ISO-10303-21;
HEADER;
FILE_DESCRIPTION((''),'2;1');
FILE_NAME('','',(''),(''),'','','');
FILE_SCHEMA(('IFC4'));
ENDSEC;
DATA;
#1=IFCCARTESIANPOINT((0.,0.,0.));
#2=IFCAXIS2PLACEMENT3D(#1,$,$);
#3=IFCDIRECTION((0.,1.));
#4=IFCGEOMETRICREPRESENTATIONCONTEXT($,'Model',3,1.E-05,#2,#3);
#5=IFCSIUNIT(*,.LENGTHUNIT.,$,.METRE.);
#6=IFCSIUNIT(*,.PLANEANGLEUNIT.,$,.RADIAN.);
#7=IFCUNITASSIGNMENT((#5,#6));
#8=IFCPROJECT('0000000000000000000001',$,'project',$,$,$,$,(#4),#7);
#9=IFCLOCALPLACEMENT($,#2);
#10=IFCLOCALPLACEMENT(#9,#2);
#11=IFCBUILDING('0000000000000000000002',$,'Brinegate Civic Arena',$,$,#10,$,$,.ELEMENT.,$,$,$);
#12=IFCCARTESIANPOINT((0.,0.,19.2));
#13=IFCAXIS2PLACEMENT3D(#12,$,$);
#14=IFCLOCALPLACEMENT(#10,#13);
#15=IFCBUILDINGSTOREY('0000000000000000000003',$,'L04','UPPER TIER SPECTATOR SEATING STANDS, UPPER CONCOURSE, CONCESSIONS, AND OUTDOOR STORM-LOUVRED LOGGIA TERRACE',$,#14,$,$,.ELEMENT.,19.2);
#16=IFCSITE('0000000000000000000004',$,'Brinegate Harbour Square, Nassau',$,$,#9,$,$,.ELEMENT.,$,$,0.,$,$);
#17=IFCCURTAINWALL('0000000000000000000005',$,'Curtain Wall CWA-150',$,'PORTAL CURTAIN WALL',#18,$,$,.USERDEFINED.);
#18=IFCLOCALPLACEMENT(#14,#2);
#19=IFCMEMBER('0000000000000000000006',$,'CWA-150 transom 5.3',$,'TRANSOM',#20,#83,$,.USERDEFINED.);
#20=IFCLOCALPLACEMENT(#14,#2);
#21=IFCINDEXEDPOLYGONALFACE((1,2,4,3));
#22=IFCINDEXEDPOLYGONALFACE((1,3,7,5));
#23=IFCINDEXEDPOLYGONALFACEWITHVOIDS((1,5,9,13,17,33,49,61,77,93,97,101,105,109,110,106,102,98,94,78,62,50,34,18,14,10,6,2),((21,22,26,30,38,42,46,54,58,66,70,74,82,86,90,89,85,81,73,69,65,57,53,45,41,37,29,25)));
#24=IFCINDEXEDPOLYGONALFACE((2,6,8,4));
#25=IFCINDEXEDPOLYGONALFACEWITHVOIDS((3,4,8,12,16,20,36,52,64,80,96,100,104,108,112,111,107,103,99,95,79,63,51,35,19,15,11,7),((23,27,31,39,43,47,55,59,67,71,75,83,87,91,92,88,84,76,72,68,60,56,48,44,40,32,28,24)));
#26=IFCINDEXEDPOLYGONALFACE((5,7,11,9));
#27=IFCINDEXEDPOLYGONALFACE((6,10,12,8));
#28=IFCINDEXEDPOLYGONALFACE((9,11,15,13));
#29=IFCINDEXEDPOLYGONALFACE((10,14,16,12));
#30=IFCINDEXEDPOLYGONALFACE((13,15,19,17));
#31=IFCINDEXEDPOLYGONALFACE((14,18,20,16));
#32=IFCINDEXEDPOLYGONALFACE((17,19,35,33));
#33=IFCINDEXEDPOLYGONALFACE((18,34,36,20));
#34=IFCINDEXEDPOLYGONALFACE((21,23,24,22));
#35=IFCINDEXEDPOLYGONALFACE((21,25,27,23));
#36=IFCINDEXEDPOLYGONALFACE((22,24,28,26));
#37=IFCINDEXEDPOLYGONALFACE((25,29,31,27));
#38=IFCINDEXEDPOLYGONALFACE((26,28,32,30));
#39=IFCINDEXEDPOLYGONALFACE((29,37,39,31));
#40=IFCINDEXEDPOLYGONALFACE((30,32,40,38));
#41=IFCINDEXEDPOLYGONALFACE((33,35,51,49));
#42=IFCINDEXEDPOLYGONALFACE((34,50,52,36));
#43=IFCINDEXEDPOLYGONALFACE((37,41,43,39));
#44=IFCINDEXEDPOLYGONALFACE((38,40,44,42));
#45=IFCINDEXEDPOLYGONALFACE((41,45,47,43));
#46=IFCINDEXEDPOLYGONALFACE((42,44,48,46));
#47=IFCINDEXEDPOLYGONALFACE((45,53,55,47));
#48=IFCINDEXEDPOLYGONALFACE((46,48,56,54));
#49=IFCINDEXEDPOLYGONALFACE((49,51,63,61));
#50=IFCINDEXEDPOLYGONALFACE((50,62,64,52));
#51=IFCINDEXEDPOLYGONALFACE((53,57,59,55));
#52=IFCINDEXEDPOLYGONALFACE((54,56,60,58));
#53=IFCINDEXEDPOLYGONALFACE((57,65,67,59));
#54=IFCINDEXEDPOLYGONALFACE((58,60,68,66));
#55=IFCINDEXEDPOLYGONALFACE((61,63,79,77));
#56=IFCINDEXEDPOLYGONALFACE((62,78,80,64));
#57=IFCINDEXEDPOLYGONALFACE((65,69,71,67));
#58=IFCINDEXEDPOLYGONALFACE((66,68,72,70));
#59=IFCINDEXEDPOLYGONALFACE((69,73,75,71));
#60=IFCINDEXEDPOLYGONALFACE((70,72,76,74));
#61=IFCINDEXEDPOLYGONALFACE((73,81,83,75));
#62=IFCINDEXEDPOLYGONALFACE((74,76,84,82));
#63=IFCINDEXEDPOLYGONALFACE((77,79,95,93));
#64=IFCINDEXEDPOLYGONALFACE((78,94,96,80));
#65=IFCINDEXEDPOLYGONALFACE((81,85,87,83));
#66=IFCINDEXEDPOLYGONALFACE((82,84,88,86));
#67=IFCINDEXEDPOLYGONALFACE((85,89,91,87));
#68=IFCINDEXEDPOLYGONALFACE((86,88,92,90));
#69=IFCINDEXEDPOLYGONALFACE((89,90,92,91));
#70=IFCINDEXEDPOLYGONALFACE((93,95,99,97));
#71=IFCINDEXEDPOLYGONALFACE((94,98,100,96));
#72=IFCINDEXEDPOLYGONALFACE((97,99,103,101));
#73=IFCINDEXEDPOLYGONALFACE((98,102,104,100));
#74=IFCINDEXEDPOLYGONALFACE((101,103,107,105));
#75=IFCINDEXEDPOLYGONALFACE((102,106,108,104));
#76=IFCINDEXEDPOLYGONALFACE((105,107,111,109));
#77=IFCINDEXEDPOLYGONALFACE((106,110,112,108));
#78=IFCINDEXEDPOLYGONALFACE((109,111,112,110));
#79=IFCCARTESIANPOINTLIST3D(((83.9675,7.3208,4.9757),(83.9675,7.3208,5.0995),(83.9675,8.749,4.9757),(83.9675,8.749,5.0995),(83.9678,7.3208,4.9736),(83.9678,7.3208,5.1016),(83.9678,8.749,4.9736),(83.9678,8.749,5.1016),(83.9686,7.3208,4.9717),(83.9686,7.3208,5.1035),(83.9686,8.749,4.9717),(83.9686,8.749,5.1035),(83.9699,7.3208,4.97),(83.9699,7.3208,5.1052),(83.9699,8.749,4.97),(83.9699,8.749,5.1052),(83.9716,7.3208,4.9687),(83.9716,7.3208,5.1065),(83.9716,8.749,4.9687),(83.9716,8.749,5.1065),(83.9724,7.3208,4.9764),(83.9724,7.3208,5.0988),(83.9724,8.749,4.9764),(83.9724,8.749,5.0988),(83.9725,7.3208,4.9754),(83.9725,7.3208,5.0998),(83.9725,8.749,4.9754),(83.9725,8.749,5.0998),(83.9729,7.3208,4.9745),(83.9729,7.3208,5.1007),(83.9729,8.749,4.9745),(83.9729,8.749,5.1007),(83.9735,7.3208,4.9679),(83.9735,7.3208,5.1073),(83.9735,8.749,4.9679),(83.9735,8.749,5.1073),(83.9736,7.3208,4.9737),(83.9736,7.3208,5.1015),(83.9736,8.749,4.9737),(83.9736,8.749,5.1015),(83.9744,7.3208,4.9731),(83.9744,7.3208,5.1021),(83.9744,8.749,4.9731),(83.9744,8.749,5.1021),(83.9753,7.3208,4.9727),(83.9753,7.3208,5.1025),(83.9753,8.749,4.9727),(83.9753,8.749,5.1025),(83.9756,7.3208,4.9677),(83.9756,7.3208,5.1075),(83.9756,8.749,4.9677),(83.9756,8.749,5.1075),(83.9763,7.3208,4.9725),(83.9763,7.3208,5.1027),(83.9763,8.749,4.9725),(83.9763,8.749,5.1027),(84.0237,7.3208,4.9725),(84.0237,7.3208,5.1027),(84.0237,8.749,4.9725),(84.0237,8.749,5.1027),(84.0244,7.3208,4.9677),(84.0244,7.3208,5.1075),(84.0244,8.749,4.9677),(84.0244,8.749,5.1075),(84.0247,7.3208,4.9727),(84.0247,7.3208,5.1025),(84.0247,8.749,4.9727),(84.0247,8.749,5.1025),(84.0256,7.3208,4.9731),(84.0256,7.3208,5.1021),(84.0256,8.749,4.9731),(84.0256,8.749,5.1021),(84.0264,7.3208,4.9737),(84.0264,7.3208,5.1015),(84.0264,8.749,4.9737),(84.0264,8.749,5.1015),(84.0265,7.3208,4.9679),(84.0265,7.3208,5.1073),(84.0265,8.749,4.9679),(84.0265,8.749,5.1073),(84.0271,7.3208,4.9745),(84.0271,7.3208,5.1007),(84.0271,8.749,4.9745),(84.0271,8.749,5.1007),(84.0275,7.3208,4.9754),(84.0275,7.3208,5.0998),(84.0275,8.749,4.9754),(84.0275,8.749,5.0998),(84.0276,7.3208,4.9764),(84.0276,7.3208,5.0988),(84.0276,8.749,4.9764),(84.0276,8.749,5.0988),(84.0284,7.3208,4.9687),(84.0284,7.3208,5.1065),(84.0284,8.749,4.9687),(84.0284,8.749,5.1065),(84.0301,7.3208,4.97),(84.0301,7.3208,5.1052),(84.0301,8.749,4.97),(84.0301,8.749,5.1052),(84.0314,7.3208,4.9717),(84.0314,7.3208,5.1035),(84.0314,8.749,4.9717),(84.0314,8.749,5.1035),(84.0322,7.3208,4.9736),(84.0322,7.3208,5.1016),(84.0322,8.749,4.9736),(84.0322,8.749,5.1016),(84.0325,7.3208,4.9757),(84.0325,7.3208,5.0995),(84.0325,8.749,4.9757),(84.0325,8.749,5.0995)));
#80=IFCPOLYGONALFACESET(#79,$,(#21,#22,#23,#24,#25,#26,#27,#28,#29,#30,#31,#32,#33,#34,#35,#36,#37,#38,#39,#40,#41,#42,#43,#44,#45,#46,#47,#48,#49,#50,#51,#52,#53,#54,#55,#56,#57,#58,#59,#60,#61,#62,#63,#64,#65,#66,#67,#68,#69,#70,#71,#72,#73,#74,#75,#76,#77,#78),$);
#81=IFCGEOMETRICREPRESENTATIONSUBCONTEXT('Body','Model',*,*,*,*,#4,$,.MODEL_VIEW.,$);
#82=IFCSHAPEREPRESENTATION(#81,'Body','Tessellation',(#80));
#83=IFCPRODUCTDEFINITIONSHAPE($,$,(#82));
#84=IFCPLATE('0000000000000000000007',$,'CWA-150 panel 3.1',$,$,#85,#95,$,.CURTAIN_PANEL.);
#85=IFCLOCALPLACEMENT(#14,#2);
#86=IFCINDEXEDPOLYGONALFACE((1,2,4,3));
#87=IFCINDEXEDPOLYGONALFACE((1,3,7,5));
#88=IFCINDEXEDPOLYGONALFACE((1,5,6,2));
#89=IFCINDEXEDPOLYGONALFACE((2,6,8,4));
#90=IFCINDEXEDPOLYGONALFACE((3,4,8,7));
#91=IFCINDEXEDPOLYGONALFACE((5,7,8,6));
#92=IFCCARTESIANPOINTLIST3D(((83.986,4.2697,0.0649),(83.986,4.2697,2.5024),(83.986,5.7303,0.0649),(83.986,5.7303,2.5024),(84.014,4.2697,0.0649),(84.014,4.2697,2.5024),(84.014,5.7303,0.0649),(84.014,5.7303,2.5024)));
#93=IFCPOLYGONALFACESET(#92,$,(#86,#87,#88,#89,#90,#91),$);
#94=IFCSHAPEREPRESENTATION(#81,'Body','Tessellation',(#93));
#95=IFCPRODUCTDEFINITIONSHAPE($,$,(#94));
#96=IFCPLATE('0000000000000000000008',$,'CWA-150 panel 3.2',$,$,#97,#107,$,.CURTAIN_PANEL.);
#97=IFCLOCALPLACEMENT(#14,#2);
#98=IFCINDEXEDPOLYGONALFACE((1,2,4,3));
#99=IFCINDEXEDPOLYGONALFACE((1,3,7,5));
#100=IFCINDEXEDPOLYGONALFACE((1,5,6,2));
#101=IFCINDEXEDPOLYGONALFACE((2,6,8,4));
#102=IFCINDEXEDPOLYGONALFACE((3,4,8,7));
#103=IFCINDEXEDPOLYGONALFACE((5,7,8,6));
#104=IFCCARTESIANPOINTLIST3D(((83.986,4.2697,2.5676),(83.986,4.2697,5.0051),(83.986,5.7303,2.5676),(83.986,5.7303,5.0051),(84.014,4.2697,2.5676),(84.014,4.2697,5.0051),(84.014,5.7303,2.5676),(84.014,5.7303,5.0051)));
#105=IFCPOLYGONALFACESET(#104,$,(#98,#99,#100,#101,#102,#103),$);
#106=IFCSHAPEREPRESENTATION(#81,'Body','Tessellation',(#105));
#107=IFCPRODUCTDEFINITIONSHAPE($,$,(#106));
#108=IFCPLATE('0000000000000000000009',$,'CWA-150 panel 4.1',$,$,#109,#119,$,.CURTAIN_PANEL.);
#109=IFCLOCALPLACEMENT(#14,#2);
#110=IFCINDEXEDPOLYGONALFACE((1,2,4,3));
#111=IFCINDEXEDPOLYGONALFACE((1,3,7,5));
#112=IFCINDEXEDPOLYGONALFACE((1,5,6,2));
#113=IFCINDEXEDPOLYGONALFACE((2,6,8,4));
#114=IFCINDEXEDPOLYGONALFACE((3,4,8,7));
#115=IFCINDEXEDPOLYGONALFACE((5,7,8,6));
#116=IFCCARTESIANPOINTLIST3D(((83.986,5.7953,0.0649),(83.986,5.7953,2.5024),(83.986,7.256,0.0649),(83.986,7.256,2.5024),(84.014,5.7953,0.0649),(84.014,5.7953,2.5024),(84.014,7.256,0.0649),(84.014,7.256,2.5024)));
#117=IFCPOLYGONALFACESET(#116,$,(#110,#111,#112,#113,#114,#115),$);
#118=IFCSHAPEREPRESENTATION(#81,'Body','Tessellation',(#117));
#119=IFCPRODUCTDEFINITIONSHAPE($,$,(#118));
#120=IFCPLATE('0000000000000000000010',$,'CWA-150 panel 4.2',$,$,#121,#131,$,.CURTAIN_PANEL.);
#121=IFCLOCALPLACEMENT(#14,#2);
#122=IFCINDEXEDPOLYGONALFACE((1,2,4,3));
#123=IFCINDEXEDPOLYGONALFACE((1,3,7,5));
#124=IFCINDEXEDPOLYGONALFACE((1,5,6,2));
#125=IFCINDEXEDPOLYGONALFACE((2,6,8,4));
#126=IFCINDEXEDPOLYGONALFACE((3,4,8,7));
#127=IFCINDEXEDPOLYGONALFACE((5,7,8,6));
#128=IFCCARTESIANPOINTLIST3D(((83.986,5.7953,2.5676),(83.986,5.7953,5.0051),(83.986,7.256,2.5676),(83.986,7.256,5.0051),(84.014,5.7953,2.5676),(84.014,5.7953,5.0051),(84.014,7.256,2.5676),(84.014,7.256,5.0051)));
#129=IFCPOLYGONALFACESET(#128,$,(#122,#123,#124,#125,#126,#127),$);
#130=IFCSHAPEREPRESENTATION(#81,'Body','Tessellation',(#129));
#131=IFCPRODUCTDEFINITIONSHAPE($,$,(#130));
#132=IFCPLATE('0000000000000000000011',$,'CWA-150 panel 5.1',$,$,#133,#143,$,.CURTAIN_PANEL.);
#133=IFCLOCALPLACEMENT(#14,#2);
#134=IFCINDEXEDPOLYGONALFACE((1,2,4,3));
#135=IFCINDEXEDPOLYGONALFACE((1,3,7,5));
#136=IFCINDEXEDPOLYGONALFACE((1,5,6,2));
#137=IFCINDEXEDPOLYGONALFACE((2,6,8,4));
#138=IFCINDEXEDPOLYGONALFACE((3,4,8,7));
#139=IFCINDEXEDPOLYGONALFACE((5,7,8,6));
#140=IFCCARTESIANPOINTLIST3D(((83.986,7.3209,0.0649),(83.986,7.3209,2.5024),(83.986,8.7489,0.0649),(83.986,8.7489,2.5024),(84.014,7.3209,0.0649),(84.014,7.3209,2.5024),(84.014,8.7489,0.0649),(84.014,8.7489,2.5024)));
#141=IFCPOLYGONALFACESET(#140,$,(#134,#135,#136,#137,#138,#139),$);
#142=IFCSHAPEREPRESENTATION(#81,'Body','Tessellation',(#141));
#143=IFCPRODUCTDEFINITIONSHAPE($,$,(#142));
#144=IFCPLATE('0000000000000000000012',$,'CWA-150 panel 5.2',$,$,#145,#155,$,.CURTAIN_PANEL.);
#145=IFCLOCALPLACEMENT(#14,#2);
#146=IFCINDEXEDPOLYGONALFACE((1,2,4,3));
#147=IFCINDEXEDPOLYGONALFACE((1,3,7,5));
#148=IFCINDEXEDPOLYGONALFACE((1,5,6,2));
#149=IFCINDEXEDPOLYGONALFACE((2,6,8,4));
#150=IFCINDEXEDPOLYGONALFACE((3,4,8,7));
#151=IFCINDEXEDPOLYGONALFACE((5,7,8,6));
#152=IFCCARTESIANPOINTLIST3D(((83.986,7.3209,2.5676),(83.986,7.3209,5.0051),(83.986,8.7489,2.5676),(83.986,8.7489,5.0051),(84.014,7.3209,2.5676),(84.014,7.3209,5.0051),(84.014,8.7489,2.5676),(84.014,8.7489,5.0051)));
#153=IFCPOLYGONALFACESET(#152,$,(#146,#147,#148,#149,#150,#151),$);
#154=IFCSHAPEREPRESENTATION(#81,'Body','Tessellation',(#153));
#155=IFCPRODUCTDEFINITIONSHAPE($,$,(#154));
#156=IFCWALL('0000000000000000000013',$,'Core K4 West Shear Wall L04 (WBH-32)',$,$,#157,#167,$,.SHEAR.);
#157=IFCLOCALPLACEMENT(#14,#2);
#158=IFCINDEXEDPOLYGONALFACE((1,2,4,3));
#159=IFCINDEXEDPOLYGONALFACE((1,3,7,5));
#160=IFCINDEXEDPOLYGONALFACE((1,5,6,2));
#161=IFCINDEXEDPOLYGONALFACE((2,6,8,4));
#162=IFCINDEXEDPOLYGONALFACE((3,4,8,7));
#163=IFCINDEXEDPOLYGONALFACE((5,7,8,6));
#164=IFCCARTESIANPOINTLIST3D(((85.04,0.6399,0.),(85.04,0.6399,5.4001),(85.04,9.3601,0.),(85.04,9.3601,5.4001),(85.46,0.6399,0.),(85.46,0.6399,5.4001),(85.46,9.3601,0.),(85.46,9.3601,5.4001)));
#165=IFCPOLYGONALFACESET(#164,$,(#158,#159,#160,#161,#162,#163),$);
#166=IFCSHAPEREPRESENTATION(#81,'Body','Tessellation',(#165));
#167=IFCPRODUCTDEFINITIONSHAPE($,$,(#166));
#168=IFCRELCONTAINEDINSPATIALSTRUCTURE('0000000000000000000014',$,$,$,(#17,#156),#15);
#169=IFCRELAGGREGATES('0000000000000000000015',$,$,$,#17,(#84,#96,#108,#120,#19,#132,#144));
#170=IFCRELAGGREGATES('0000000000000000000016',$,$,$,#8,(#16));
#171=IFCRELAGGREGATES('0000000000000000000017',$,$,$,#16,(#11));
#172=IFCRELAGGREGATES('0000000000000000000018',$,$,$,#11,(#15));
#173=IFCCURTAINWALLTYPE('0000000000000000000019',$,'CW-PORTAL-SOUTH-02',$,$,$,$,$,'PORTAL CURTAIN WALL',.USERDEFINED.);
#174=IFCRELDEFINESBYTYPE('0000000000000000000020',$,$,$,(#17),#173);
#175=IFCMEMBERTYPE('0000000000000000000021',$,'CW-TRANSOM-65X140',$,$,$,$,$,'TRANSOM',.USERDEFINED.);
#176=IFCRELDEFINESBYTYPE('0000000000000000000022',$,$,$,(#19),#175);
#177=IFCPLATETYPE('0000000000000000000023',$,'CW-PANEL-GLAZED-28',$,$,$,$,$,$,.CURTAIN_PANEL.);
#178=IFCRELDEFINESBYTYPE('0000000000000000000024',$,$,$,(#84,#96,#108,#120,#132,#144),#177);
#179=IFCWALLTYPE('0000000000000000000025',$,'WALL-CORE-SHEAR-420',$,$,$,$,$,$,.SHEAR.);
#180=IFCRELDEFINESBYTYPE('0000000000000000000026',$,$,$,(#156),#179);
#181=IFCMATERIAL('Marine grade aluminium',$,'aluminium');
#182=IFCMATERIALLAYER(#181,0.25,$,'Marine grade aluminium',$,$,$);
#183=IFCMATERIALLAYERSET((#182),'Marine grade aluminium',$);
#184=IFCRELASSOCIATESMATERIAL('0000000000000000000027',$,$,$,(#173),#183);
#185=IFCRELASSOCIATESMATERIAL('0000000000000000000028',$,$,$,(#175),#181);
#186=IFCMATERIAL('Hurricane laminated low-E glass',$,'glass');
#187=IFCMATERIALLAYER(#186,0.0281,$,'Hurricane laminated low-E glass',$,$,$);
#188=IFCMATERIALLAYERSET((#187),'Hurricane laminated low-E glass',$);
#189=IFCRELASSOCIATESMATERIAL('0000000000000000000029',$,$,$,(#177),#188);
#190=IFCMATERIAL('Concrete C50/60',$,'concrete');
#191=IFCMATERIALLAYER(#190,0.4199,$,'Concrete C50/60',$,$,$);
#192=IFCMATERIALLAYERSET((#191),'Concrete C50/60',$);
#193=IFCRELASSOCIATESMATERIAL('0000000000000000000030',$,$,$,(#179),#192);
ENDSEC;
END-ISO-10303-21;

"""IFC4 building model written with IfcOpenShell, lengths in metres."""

from ifc_helpers import new_model, si_unit, direction, frame, frame_2d, origin, origin_2d, place, context, subcontext, project, spatial, rectangle, hollow_rectangle, extrude, material, layer, layer_set, material_profile, profile_set, type_object, element, aggregate, save


model = new_model("IFC4")

# Units and contexts
model_context = context("Model", 3, precision=1e-05, world=origin(), true_north=direction((0.0, 1.0)))
body_context = subcontext(model_context, "Body", "Model", "MODEL_VIEW")
ifc_project = project(units=[si_unit("LENGTHUNIT", "METRE"), si_unit("PLANEANGLEUNIT", "RADIAN")], contexts=[model_context])

# Site, building, storey
site_placement = place(None, origin())
site = spatial("IfcSite", under=ifc_project, at=site_placement, Name="Brinegate Harbour Square, Nassau", CompositionType="ELEMENT", RefElevation=0.0)
building_placement = place(site_placement, origin())
building = spatial("IfcBuilding", under=site, at=building_placement, Name="Brinegate Civic Arena", CompositionType="ELEMENT")
storey_placement = place(building_placement, frame((0.0, 0.0, 19.2)))
storey = spatial("IfcBuildingStorey", under=building, at=storey_placement, Name="L04", Description="UPPER TIER SPECTATOR SEATING STANDS, UPPER CONCOURSE, CONCESSIONS, AND OUTDOOR STORM-LOUVRED LOGGIA TERRACE", CompositionType="ELEMENT", Elevation=19.2)

# Curtain wall
ifc_material_1 = material(Name="Marine grade aluminium", Category="aluminium")
ifc_layer_1 = layer(ifc_material_1, 0.25, Name="Marine grade aluminium")
ifc_layer_set_1 = layer_set([ifc_layer_1], Name="Marine grade aluminium")
curtain_wall_type = type_object("IfcCurtainWallType", Name="CW-PORTAL-SOUTH-02", ElementType="PORTAL CURTAIN WALL", PredefinedType="USERDEFINED", material=ifc_layer_set_1)
curtain_wall_1_placement = place(storey_placement, origin())
curtain_wall_1 = element("IfcCurtainWall", 1, at=curtain_wall_1_placement, inside=storey, type_object=curtain_wall_type, Name="Curtain Wall CWA-150", ObjectType="PORTAL CURTAIN WALL", PredefinedType="USERDEFINED")
ifc_material_profile_1 = material_profile(ifc_material_1, hollow_rectangle(XDim=0.0649, YDim=0.1399, WallThickness=0.0049, InnerFilletRadius=0.0039, OuterFilletRadius=0.0081, at=origin_2d()), Name="TRN65X140")
ifc_profile_set_1 = profile_set([ifc_material_profile_1], Name="Marine grade aluminium")
member_type_1 = type_object("IfcMemberType", Name="CW-TRANSOM-65X140", ElementType="TRANSOM", PredefinedType="USERDEFINED", material=ifc_profile_set_1)

# Member
member_1_placement = place(storey_placement, frame((84.0, 7.3208, 5.0376), z_axis=(0.0, 1.0, 0.0), x_axis=(-1.0, 0.0, 0.0)))
member_1 = element("IfcMember", 2, at=member_1_placement, type_object=member_type_1, Name="CWA-150 transom 5.3", ObjectType="TRANSOM", PredefinedType="USERDEFINED", context=body_context, shape_type="SweptSolid", body=[
    extrude(hollow_rectangle(XDim=0.0649, YDim=0.1399, WallThickness=0.0049, InnerFilletRadius=0.0039, OuterFilletRadius=0.0081, at=origin_2d()), origin(), (0.0, 0.0, 1.0), 1.4282),
])

# Plates
ifc_material_2 = material(Name="Hurricane laminated low-E glass", Category="glass")
ifc_layer_2 = layer(ifc_material_2, 0.0281, Name="Hurricane laminated low-E glass")
ifc_layer_set_2 = layer_set([ifc_layer_2], Name="Hurricane laminated low-E glass")
plate_type = type_object("IfcPlateType", Name="CW-PANEL-GLAZED-28", PredefinedType="CURTAIN_PANEL", material=ifc_layer_set_2)
plate_1_placement = place(storey_placement, frame((84.0, 5.0, 0.0649), z_axis=(0.0, 0.0, 1.0), x_axis=(0.0, 1.0, 0.0)))
plate_1 = element("IfcPlate", 3, at=plate_1_placement, type_object=plate_type, Name="CWA-150 panel 3.1", PredefinedType="CURTAIN_PANEL", context=body_context, shape_type="SweptSolid", body=[
    extrude(rectangle(XDim=1.4607, YDim=0.0281, at=origin_2d()), origin(), (0.0, 0.0, 1.0), 2.4375),
])
plate_2_placement = place(storey_placement, frame((84.0, 5.0, 2.5676), z_axis=(0.0, 0.0, 1.0), x_axis=(0.0, 1.0, 0.0)))
plate_2 = element("IfcPlate", 4, at=plate_2_placement, type_object=plate_type, Name="CWA-150 panel 3.2", PredefinedType="CURTAIN_PANEL", context=body_context, shape_type="SweptSolid", body=[
    extrude(rectangle(XDim=1.4607, YDim=0.0281, at=origin_2d()), origin(), (0.0, 0.0, 1.0), 2.4375),
])
plate_3_placement = place(storey_placement, frame((84.0, 6.5256, 0.0649), z_axis=(0.0, 0.0, 1.0), x_axis=(0.0, 1.0, 0.0)))
plate_3 = element("IfcPlate", 5, at=plate_3_placement, type_object=plate_type, Name="CWA-150 panel 4.1", PredefinedType="CURTAIN_PANEL", context=body_context, shape_type="SweptSolid", body=[
    extrude(rectangle(XDim=1.4607, YDim=0.0281, at=origin_2d()), origin(), (0.0, 0.0, 1.0), 2.4375),
])
plate_4_placement = place(storey_placement, frame((84.0, 6.5256, 2.5676), z_axis=(0.0, 0.0, 1.0), x_axis=(0.0, 1.0, 0.0)))
plate_4 = element("IfcPlate", 6, at=plate_4_placement, type_object=plate_type, Name="CWA-150 panel 4.2", PredefinedType="CURTAIN_PANEL", context=body_context, shape_type="SweptSolid", body=[
    extrude(rectangle(XDim=1.4607, YDim=0.0281, at=origin_2d()), origin(), (0.0, 0.0, 1.0), 2.4375),
])
plate_5_placement = place(storey_placement, frame((84.0, 8.0349, 0.0649), z_axis=(0.0, 0.0, 1.0), x_axis=(0.0, 1.0, 0.0)))
plate_5 = element("IfcPlate", 7, at=plate_5_placement, type_object=plate_type, Name="CWA-150 panel 5.1", PredefinedType="CURTAIN_PANEL", context=body_context, shape_type="SweptSolid", body=[
    extrude(rectangle(XDim=1.428, YDim=0.0281, at=origin_2d()), origin(), (0.0, 0.0, 1.0), 2.4375),
])
plate_6_placement = place(storey_placement, frame((84.0, 8.0349, 2.5676), z_axis=(0.0, 0.0, 1.0), x_axis=(0.0, 1.0, 0.0)))
plate_6 = element("IfcPlate", 8, at=plate_6_placement, type_object=plate_type, Name="CWA-150 panel 5.2", PredefinedType="CURTAIN_PANEL", context=body_context, shape_type="SweptSolid", body=[
    extrude(rectangle(XDim=1.428, YDim=0.0281, at=origin_2d()), origin(), (0.0, 0.0, 1.0), 2.4375),
])
aggregate(curtain_wall_1, [plate_1, plate_2, plate_3, plate_4, member_1, plate_5, plate_6])

# Wall
ifc_material_3 = material(Name="Concrete C50/60", Category="concrete")
ifc_layer_3 = layer(ifc_material_3, 0.4199, Name="Concrete C50/60")
ifc_layer_set_3 = layer_set([ifc_layer_3], Name="Concrete C50/60")
wall_type = type_object("IfcWallType", Name="WALL-CORE-SHEAR-420", PredefinedType="SHEAR", material=ifc_layer_set_3)
wall_placement = place(storey_placement, frame((85.25, 0.6399, 0.0), z_axis=(0.0, 0.0, 1.0), x_axis=(0.0, 1.0, 0.0)))
element("IfcWall", 9, at=wall_placement, inside=storey, type_object=wall_type, Name="Core K4 West Shear Wall L04 (WBH-32)", PredefinedType="SHEAR", context=body_context, shape_type="SweptSolid", body=[
    extrude(rectangle(XDim=8.7202, YDim=0.4199, at=frame_2d((4.3601, 0.0))), origin(), (0.0, 0.0, 1.0), 5.4001),
])

save(model, "model.ifc")
